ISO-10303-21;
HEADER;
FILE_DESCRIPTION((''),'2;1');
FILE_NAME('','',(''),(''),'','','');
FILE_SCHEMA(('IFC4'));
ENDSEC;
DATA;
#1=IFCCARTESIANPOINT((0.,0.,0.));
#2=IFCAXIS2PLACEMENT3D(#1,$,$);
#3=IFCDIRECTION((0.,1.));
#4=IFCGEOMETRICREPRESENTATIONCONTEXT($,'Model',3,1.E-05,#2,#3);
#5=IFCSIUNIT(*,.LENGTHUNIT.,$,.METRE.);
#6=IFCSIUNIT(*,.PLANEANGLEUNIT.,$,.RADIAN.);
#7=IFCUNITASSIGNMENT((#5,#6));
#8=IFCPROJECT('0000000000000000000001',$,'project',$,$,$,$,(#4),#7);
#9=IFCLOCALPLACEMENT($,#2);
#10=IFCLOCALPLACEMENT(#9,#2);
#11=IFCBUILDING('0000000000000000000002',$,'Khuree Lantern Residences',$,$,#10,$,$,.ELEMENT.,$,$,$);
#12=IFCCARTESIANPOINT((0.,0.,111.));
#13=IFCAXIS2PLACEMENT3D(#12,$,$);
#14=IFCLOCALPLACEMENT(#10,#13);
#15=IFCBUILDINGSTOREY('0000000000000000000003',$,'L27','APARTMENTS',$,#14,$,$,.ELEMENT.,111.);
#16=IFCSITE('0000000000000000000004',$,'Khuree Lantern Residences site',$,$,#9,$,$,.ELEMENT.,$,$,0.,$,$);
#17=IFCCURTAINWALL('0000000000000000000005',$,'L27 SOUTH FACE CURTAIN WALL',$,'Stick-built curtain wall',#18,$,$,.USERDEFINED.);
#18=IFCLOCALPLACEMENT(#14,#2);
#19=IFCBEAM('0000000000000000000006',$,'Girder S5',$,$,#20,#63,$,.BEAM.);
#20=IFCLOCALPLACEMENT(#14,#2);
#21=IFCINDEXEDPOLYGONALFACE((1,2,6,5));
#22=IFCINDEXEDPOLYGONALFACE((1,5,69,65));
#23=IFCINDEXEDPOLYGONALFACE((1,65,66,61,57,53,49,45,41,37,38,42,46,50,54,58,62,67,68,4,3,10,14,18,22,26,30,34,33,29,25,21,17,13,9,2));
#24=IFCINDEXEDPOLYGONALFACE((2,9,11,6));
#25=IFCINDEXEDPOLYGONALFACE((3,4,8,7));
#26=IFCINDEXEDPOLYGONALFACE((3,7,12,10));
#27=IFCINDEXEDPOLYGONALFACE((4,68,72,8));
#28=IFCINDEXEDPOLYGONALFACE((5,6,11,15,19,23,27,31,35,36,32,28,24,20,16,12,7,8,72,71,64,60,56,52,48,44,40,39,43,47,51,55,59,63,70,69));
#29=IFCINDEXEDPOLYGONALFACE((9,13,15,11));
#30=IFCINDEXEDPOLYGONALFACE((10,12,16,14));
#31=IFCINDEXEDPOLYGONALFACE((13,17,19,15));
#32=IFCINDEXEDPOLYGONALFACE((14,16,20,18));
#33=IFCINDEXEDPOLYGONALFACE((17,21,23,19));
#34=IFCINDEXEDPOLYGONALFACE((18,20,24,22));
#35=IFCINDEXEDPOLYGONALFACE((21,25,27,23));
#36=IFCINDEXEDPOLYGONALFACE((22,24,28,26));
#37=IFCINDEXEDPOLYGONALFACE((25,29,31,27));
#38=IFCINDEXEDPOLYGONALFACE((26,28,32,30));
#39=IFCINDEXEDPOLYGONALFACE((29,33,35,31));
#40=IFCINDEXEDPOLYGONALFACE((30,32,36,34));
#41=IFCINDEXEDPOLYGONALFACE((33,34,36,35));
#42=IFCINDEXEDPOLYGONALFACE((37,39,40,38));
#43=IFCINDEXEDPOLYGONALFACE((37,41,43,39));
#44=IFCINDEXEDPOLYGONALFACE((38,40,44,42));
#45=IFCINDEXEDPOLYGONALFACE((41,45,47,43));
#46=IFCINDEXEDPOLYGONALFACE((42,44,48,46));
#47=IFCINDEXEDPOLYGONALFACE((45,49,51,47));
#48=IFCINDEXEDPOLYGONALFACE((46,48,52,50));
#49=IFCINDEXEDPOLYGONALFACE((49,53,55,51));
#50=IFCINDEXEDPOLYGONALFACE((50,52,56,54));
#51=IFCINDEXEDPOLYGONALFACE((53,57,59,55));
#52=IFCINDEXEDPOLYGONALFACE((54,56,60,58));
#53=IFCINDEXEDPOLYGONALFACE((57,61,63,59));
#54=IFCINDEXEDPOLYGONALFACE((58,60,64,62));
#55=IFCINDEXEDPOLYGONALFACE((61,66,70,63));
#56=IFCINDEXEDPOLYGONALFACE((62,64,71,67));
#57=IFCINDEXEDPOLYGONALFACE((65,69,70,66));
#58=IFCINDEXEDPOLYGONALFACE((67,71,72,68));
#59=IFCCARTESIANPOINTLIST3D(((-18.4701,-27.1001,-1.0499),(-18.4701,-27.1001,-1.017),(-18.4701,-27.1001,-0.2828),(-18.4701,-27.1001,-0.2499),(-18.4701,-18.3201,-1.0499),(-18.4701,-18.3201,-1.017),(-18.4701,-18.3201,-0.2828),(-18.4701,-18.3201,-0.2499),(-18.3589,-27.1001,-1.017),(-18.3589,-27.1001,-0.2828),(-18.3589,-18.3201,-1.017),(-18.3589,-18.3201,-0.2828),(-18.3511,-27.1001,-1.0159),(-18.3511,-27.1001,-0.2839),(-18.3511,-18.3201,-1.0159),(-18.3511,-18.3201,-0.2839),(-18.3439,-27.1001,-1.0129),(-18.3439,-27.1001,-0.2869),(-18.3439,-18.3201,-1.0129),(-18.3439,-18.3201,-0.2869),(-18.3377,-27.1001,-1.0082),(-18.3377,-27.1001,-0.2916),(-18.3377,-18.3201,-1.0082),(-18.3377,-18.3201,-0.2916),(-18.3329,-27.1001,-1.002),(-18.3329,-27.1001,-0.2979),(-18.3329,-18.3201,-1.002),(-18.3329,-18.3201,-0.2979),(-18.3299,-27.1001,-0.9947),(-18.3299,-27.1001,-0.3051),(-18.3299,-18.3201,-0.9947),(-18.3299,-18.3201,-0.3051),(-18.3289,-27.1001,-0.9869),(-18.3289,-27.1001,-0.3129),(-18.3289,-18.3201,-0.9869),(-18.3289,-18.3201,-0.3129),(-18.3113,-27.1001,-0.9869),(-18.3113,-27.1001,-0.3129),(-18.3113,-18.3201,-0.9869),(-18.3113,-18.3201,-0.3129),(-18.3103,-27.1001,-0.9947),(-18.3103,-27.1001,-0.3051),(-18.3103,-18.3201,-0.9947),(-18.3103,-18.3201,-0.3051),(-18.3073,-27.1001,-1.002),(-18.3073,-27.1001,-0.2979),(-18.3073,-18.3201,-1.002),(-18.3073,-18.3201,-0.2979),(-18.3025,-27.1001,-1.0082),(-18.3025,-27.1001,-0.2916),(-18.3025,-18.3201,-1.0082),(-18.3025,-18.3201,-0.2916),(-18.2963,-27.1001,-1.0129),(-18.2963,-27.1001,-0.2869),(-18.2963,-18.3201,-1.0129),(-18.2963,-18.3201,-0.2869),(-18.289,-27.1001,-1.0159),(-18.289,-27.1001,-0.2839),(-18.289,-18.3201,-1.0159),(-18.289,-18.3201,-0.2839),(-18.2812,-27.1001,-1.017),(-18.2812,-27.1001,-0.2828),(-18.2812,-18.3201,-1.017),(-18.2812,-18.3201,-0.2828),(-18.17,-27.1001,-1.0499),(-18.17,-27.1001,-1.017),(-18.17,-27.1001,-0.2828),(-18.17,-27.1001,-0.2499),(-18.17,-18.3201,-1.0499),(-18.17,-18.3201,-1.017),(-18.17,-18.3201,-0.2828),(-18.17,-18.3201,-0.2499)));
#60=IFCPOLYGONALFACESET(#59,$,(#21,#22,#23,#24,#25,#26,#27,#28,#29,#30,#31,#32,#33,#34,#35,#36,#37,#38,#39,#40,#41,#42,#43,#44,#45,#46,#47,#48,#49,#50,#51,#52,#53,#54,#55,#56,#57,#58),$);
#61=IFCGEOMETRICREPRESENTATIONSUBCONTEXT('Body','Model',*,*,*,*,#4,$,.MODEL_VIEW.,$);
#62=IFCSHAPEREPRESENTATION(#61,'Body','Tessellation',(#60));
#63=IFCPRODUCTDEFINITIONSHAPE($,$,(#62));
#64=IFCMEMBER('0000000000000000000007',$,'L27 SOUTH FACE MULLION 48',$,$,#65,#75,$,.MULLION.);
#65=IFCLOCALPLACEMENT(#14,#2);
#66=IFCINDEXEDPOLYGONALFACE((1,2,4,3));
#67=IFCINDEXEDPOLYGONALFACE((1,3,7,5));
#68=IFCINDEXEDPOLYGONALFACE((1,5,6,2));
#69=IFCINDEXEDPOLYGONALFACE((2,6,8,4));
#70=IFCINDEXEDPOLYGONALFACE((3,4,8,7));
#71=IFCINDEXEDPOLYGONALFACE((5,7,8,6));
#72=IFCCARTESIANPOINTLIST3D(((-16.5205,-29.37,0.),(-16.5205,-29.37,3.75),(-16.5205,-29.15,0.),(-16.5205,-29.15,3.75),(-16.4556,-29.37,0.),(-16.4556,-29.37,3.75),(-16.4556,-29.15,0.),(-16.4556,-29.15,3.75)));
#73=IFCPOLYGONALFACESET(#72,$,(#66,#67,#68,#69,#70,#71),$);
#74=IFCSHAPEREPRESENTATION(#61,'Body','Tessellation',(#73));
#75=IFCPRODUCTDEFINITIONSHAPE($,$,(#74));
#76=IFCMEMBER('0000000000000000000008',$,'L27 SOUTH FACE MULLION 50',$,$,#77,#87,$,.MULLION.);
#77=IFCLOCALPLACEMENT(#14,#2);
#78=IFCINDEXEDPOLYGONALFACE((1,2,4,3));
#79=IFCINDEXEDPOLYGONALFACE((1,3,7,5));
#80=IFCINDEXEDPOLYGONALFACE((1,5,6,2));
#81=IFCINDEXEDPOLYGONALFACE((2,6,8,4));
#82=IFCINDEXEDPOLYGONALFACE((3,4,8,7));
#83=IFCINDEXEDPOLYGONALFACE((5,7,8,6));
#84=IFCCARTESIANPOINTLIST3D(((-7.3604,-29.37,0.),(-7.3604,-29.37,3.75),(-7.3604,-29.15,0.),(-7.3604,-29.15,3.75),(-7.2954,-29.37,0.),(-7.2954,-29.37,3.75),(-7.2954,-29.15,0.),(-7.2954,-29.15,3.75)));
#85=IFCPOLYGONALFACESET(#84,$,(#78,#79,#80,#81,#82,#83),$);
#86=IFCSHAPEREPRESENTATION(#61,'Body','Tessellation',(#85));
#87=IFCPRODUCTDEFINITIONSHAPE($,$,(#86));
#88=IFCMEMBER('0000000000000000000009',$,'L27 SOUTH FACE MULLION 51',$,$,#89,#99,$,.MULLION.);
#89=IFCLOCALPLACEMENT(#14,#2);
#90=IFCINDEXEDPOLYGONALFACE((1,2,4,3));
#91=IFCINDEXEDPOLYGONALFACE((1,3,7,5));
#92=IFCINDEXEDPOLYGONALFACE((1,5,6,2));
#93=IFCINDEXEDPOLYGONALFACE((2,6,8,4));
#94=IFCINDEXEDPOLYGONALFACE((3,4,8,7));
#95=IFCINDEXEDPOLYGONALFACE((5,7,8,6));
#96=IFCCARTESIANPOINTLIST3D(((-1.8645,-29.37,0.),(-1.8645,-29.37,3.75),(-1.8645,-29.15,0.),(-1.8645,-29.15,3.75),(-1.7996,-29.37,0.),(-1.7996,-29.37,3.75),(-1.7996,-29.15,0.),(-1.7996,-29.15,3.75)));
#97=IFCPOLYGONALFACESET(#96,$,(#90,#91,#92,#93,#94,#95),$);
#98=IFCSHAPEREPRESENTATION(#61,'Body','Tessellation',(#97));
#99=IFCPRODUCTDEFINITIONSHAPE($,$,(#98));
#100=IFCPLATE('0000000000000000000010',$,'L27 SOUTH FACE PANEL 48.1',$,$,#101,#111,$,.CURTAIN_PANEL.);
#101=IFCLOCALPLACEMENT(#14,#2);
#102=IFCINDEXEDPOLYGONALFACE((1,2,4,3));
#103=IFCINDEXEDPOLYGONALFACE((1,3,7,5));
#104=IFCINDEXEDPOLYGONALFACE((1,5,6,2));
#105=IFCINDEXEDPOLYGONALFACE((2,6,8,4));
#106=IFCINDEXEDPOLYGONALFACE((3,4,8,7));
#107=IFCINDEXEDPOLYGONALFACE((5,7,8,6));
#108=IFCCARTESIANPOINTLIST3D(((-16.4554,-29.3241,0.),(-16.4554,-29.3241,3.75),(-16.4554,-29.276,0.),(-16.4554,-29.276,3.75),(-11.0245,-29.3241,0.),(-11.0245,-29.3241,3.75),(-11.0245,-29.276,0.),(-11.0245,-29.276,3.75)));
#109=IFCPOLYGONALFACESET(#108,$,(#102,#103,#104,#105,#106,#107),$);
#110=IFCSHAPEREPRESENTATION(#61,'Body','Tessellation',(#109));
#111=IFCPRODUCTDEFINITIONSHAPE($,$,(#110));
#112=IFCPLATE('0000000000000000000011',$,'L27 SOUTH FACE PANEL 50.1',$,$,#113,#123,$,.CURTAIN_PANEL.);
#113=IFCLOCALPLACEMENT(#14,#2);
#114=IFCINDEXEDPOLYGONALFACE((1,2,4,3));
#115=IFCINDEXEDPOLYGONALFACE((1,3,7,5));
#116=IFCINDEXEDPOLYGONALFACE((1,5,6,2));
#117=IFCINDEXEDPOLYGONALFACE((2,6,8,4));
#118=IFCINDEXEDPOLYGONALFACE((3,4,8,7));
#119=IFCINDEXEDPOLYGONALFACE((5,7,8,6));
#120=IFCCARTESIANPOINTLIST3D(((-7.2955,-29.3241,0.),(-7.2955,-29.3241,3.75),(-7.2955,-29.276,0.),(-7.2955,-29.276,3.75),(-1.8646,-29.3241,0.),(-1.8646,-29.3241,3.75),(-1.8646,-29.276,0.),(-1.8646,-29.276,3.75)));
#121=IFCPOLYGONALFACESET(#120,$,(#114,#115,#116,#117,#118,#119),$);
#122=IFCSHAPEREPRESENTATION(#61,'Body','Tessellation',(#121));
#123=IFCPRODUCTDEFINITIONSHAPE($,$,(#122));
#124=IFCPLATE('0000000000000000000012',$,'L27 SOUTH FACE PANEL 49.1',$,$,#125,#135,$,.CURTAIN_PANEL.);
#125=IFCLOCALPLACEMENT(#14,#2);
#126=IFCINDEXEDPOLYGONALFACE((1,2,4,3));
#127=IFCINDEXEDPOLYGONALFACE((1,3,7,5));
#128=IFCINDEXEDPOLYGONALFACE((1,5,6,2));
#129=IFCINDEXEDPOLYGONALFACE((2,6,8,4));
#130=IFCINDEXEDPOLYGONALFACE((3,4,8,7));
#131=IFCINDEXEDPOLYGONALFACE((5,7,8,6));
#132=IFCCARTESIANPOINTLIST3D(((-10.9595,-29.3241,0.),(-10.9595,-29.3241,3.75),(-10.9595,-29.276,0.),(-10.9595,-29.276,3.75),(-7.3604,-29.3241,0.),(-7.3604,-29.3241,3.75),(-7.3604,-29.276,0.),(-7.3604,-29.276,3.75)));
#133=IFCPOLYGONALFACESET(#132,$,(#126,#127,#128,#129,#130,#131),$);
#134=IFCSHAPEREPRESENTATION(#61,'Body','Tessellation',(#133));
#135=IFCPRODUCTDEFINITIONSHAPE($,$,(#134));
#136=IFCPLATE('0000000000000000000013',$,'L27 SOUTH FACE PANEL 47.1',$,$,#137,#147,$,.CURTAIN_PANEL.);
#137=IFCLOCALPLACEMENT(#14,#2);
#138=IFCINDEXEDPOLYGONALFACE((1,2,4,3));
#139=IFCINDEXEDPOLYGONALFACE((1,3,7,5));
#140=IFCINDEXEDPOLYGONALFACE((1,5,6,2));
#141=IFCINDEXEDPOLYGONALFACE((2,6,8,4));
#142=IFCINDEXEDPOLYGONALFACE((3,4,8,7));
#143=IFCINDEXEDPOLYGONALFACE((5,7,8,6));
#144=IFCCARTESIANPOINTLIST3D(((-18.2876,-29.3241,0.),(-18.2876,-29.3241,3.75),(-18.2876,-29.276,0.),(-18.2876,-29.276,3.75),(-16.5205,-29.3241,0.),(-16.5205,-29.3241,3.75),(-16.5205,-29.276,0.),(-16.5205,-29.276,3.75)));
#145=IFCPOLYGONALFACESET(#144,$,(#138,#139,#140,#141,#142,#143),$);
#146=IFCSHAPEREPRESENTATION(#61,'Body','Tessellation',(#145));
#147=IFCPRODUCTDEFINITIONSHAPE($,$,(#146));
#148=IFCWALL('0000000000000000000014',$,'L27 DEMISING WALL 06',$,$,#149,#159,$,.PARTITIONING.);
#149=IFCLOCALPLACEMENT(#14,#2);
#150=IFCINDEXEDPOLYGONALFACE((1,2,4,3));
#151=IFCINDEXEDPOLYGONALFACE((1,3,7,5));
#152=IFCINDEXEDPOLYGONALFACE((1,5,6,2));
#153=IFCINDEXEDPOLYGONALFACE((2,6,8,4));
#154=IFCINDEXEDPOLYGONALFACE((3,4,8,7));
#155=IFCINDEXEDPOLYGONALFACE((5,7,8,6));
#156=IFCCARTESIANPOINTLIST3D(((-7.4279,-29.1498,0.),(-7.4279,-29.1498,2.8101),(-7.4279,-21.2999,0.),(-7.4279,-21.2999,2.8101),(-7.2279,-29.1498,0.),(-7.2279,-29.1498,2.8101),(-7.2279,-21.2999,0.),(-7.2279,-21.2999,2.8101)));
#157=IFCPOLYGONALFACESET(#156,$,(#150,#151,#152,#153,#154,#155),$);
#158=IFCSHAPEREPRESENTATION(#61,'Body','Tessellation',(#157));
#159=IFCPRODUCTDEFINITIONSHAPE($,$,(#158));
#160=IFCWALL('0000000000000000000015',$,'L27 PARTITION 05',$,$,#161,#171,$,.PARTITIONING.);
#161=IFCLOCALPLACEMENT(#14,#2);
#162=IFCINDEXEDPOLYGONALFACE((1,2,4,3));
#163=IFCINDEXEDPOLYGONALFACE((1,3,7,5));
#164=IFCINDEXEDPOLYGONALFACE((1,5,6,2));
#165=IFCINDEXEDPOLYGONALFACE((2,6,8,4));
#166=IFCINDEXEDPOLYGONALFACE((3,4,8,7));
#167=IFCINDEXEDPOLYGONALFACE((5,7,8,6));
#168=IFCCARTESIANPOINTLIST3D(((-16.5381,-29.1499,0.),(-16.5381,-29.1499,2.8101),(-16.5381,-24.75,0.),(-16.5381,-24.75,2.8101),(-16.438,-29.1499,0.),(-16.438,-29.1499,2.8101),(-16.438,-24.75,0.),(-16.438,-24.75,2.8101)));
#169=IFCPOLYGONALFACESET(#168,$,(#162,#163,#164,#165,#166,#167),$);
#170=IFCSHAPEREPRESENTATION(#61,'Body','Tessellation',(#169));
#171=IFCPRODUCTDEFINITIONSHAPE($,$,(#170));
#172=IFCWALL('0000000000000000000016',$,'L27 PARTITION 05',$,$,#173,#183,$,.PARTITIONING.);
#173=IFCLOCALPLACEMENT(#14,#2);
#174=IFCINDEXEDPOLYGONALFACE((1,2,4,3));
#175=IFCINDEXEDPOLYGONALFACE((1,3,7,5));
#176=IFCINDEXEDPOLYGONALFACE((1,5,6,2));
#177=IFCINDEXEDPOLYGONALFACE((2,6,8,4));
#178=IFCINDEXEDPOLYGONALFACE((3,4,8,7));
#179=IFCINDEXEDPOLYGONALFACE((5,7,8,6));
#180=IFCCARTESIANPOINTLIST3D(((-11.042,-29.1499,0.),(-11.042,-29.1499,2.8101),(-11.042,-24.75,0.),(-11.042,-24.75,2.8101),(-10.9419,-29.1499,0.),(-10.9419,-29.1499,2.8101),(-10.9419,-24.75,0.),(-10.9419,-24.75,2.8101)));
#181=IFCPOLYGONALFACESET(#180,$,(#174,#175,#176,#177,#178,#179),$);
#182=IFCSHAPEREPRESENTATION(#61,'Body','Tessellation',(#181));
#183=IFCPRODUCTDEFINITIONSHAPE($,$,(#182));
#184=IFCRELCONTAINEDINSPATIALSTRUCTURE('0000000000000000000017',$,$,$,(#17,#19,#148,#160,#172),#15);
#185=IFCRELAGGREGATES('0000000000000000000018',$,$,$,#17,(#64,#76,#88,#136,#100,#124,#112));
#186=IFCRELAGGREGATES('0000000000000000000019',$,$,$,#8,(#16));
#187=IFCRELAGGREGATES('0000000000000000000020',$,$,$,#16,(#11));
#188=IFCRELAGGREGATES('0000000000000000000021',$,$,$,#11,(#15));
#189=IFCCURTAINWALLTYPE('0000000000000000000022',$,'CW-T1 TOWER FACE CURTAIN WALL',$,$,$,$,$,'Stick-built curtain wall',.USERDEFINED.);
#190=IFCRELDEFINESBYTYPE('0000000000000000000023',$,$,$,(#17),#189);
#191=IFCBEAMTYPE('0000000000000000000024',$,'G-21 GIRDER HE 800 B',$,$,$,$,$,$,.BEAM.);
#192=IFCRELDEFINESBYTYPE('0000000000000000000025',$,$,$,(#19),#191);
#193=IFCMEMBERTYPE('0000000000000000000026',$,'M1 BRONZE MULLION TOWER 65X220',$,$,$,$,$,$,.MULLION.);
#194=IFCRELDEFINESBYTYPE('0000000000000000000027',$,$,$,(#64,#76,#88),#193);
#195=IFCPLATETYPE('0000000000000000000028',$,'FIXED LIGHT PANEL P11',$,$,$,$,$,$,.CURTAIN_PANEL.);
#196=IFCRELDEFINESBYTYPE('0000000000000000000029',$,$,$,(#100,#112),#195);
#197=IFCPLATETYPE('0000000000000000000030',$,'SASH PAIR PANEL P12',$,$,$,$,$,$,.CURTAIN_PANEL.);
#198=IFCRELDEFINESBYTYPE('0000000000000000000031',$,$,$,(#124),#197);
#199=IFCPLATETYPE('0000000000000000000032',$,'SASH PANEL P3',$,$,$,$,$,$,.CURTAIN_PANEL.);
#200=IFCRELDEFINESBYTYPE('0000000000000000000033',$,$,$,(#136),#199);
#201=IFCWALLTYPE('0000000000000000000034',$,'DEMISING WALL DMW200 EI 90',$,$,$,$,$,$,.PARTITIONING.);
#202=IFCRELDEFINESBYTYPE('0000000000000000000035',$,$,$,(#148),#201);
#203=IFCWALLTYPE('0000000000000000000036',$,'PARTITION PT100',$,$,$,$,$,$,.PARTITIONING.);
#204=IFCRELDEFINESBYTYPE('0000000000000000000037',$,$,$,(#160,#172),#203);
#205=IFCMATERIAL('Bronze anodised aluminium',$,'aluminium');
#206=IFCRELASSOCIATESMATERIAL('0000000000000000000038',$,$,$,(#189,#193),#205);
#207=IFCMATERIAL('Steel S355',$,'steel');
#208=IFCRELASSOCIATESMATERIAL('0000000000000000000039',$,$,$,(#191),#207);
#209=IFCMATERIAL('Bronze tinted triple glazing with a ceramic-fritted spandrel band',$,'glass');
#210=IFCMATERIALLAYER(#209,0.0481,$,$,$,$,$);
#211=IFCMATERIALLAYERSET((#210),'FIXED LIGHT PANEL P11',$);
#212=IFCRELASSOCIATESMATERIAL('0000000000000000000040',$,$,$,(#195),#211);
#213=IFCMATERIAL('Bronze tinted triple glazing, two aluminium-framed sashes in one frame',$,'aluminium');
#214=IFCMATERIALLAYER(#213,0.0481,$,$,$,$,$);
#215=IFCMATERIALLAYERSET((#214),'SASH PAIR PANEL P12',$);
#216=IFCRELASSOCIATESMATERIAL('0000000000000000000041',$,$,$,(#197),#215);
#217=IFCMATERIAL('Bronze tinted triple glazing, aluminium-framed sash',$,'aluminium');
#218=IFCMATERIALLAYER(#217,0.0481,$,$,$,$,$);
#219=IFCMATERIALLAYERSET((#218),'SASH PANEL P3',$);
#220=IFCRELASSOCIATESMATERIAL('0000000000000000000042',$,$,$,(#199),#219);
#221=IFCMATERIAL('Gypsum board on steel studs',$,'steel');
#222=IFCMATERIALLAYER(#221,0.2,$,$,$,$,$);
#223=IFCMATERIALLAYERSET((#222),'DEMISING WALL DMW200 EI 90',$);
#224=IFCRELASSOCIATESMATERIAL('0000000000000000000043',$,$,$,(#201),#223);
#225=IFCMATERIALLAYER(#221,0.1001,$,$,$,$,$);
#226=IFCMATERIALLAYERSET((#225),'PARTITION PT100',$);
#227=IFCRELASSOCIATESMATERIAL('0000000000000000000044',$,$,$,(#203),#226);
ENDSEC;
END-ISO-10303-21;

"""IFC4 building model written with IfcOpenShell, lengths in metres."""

from ifc_helpers import new_model, si_unit, direction, frame, frame_2d, origin, origin_2d, place, context, subcontext, project, spatial, rectangle, i_section, extrude, material, layer, layer_set, material_profile, profile_set, type_object, element, aggregate, save


model = new_model("IFC4")

# Units and contexts
model_context = context("Model", 3, precision=1e-05, world=origin(), true_north=direction((0.0, 1.0)))
body_context = subcontext(model_context, "Body", "Model", "MODEL_VIEW")
ifc_project = project(units=[si_unit("LENGTHUNIT", "METRE"), si_unit("PLANEANGLEUNIT", "RADIAN")], contexts=[model_context])

# Site, building, storey
site_placement = place(None, origin())
site = spatial("IfcSite", under=ifc_project, at=site_placement, Name="Khuree Lantern Residences site", CompositionType="ELEMENT", RefElevation=0.0)
building_placement = place(site_placement, origin())
building = spatial("IfcBuilding", under=site, at=building_placement, Name="Khuree Lantern Residences", CompositionType="ELEMENT")
storey_placement = place(building_placement, frame((0.0, 0.0, 111.0)))
storey = spatial("IfcBuildingStorey", under=building, at=storey_placement, Name="L27", Description="APARTMENTS", CompositionType="ELEMENT", Elevation=111.0)

# Shared definitions
ifc_material_1 = material(Name="Steel S355", Category="steel")

# Curtain wall
ifc_material_2 = material(Name="Bronze anodised aluminium", Category="aluminium")
curtain_wall_type = type_object("IfcCurtainWallType", Name="CW-T1 TOWER FACE CURTAIN WALL", ElementType="Stick-built curtain wall", PredefinedType="USERDEFINED", material=ifc_material_2)
curtain_wall_placement = place(storey_placement, origin())
curtain_wall = element("IfcCurtainWall", 1, at=curtain_wall_placement, inside=storey, type_object=curtain_wall_type, Name="L27 SOUTH FACE CURTAIN WALL", ObjectType="Stick-built curtain wall", PredefinedType="USERDEFINED")

# Beam
ifc_material_profile_1 = material_profile(ifc_material_1, i_section(OverallWidth=0.3, OverallDepth=0.8, WebThickness=0.0176, FlangeThickness=0.033, FilletRadius=0.03, at=origin_2d()), Name="HE 800 B")
ifc_profile_set_1 = profile_set([ifc_material_profile_1], Name="Steel S355")
beam_type_1 = type_object("IfcBeamType", Name="G-21 GIRDER HE 800 B", PredefinedType="BEAM", material=ifc_profile_set_1)
beam_1_placement = place(storey_placement, frame((-18.3201, -27.1001, -0.6499), z_axis=(0.0, 1.0, 0.0), x_axis=(-1.0, 0.0, 0.0)))
element("IfcBeam", 2, at=beam_1_placement, inside=storey, type_object=beam_type_1, Name="Girder S5", PredefinedType="BEAM", context=body_context, shape_type="SweptSolid", body=[
    extrude(i_section(OverallWidth=0.3, OverallDepth=0.8, WebThickness=0.0176, FlangeThickness=0.033, FilletRadius=0.03, at=origin_2d()), origin(), (0.0, 0.0, 1.0), 8.78),
])

# Members
ifc_material_profile_2 = material_profile(ifc_material_2, rectangle(XDim=0.0649, YDim=0.22, at=origin_2d()), Name="M1 65X220")
ifc_profile_set_2 = profile_set([ifc_material_profile_2], Name="Bronze anodised aluminium")
member_type_1 = type_object("IfcMemberType", Name="M1 BRONZE MULLION TOWER 65X220", PredefinedType="MULLION", material=ifc_profile_set_2)
member_1_placement = place(storey_placement, frame((-16.488, -29.26, 0.0), z_axis=(0.0, 0.0, 1.0), x_axis=(1.0, 0.0, 0.0)))
member_1 = element("IfcMember", 3, at=member_1_placement, type_object=member_type_1, Name="L27 SOUTH FACE MULLION 48", PredefinedType="MULLION", context=body_context, shape_type="SweptSolid", body=[
    extrude(rectangle(XDim=0.0649, YDim=0.22, at=origin_2d()), origin(), (0.0, 0.0, 1.0), 3.75),
])
member_2_placement = place(storey_placement, frame((-7.3279, -29.26, 0.0), z_axis=(0.0, 0.0, 1.0), x_axis=(1.0, 0.0, 0.0)))
member_2 = element("IfcMember", 4, at=member_2_placement, type_object=member_type_1, Name="L27 SOUTH FACE MULLION 50", PredefinedType="MULLION", context=body_context, shape_type="SweptSolid", body=[
    extrude(rectangle(XDim=0.0649, YDim=0.22, at=origin_2d()), origin(), (0.0, 0.0, 1.0), 3.75),
])
member_3_placement = place(storey_placement, frame((-1.832, -29.26, 0.0), z_axis=(0.0, 0.0, 1.0), x_axis=(1.0, 0.0, 0.0)))
member_3 = element("IfcMember", 5, at=member_3_placement, type_object=member_type_1, Name="L27 SOUTH FACE MULLION 51", PredefinedType="MULLION", context=body_context, shape_type="SweptSolid", body=[
    extrude(rectangle(XDim=0.0649, YDim=0.22, at=origin_2d()), origin(), (0.0, 0.0, 1.0), 3.75),
])

# Plates
ifc_material_3 = material(Name="Bronze tinted triple glazing with a ceramic-fritted spandrel band", Category="glass")
ifc_layer_1 = layer(ifc_material_3, 0.0481)
ifc_layer_set_1 = layer_set([ifc_layer_1], Name="FIXED LIGHT PANEL P11")
plate_type_1 = type_object("IfcPlateType", Name="FIXED LIGHT PANEL P11", PredefinedType="CURTAIN_PANEL", material=ifc_layer_set_1)
plate_1_placement = place(storey_placement, frame((-13.74, -29.3, 0.0), z_axis=(0.0, 0.0, 1.0), x_axis=(1.0, 0.0, 0.0)))
plate_1 = element("IfcPlate", 6, at=plate_1_placement, type_object=plate_type_1, Name="L27 SOUTH FACE PANEL 48.1", PredefinedType="CURTAIN_PANEL", context=body_context, shape_type="SweptSolid", body=[
    extrude(rectangle(XDim=5.4309, YDim=0.0481, at=origin_2d()), origin(), (0.0, 0.0, 1.0), 3.75),
])
plate_2_placement = place(storey_placement, frame((-4.5801, -29.3, 0.0), z_axis=(0.0, 0.0, 1.0), x_axis=(1.0, 0.0, 0.0)))
plate_2 = element("IfcPlate", 7, at=plate_2_placement, type_object=plate_type_1, Name="L27 SOUTH FACE PANEL 50.1", PredefinedType="CURTAIN_PANEL", context=body_context, shape_type="SweptSolid", body=[
    extrude(rectangle(XDim=5.4309, YDim=0.0481, at=origin_2d()), origin(), (0.0, 0.0, 1.0), 3.75),
])
ifc_material_4 = material(Name="Bronze tinted triple glazing, two aluminium-framed sashes in one frame", Category="aluminium")
ifc_layer_2 = layer(ifc_material_4, 0.0481)
ifc_layer_set_2 = layer_set([ifc_layer_2], Name="SASH PAIR PANEL P12")
plate_type_2 = type_object("IfcPlateType", Name="SASH PAIR PANEL P12", PredefinedType="CURTAIN_PANEL", material=ifc_layer_set_2)
plate_3_placement = place(storey_placement, frame((-9.1599, -29.3, 0.0), z_axis=(0.0, 0.0, 1.0), x_axis=(1.0, 0.0, 0.0)))
plate_3 = element("IfcPlate", 8, at=plate_3_placement, type_object=plate_type_2, Name="L27 SOUTH FACE PANEL 49.1", PredefinedType="CURTAIN_PANEL", context=body_context, shape_type="SweptSolid", body=[
    extrude(rectangle(XDim=3.5991, YDim=0.0481, at=origin_2d()), origin(), (0.0, 0.0, 1.0), 3.75),
])
ifc_material_5 = material(Name="Bronze tinted triple glazing, aluminium-framed sash", Category="aluminium")
ifc_layer_3 = layer(ifc_material_5, 0.0481)
ifc_layer_set_3 = layer_set([ifc_layer_3], Name="SASH PANEL P3")
plate_type_3 = type_object("IfcPlateType", Name="SASH PANEL P3", PredefinedType="CURTAIN_PANEL", material=ifc_layer_set_3)
plate_4_placement = place(storey_placement, frame((-17.4041, -29.3, 0.0), z_axis=(0.0, 0.0, 1.0), x_axis=(1.0, 0.0, 0.0)))
plate_4 = element("IfcPlate", 9, at=plate_4_placement, type_object=plate_type_3, Name="L27 SOUTH FACE PANEL 47.1", PredefinedType="CURTAIN_PANEL", context=body_context, shape_type="SweptSolid", body=[
    extrude(rectangle(XDim=1.7671, YDim=0.0481, at=origin_2d()), origin(), (0.0, 0.0, 1.0), 3.75),
])
aggregate(curtain_wall, [member_1, member_2, member_3, plate_4, plate_1, plate_3, plate_2])

# Walls
ifc_material_6 = material(Name="Gypsum board on steel studs", Category="steel")
ifc_layer_4 = layer(ifc_material_6, 0.2)
ifc_layer_set_4 = layer_set([ifc_layer_4], Name="DEMISING WALL DMW200 EI 90")
wall_type_1 = type_object("IfcWallType", Name="DEMISING WALL DMW200 EI 90", PredefinedType="PARTITIONING", material=ifc_layer_set_4)
wall_1_placement = place(storey_placement, frame((-7.3279, -21.3, 0.0), z_axis=(0.0, 0.0, 1.0), x_axis=(0.0, -1.0, 0.0)))
element("IfcWall", 10, at=wall_1_placement, inside=storey, type_object=wall_type_1, Name="L27 DEMISING WALL 06", PredefinedType="PARTITIONING", context=body_context, shape_type="SweptSolid", body=[
    extrude(rectangle(XDim=7.8499, YDim=0.2, at=frame_2d((3.9248, 0.0))), origin(), (0.0, 0.0, 1.0), 2.8101),
])
ifc_layer_5 = layer(ifc_material_6, 0.1001)
ifc_layer_set_5 = layer_set([ifc_layer_5], Name="PARTITION PT100")
wall_type_2 = type_object("IfcWallType", Name="PARTITION PT100", PredefinedType="PARTITIONING", material=ifc_layer_set_5)
for number, where, z_axis, x_axis, name in (
    (11, (-16.488, -24.75, 0.0), (0.0, 0.0, 1.0), (0.0, -1.0, 0.0), "L27 PARTITION 05"),
    (12, (-10.9919, -24.75, 0.0), (0.0, 0.0, 1.0), (0.0, -1.0, 0.0), "L27 PARTITION 05"),
):
    element("IfcWall", number, at=place(storey_placement, frame(where, z_axis=z_axis, x_axis=x_axis)), inside=storey, type_object=wall_type_2, Name=name, PredefinedType="PARTITIONING", context=body_context, shape_type="SweptSolid", body=[
        extrude(rectangle(XDim=4.3999, YDim=0.1001, at=frame_2d((2.2, 0.0))), origin(), (0.0, 0.0, 1.0), 2.8101),
    ])

save(model, "model.ifc")
